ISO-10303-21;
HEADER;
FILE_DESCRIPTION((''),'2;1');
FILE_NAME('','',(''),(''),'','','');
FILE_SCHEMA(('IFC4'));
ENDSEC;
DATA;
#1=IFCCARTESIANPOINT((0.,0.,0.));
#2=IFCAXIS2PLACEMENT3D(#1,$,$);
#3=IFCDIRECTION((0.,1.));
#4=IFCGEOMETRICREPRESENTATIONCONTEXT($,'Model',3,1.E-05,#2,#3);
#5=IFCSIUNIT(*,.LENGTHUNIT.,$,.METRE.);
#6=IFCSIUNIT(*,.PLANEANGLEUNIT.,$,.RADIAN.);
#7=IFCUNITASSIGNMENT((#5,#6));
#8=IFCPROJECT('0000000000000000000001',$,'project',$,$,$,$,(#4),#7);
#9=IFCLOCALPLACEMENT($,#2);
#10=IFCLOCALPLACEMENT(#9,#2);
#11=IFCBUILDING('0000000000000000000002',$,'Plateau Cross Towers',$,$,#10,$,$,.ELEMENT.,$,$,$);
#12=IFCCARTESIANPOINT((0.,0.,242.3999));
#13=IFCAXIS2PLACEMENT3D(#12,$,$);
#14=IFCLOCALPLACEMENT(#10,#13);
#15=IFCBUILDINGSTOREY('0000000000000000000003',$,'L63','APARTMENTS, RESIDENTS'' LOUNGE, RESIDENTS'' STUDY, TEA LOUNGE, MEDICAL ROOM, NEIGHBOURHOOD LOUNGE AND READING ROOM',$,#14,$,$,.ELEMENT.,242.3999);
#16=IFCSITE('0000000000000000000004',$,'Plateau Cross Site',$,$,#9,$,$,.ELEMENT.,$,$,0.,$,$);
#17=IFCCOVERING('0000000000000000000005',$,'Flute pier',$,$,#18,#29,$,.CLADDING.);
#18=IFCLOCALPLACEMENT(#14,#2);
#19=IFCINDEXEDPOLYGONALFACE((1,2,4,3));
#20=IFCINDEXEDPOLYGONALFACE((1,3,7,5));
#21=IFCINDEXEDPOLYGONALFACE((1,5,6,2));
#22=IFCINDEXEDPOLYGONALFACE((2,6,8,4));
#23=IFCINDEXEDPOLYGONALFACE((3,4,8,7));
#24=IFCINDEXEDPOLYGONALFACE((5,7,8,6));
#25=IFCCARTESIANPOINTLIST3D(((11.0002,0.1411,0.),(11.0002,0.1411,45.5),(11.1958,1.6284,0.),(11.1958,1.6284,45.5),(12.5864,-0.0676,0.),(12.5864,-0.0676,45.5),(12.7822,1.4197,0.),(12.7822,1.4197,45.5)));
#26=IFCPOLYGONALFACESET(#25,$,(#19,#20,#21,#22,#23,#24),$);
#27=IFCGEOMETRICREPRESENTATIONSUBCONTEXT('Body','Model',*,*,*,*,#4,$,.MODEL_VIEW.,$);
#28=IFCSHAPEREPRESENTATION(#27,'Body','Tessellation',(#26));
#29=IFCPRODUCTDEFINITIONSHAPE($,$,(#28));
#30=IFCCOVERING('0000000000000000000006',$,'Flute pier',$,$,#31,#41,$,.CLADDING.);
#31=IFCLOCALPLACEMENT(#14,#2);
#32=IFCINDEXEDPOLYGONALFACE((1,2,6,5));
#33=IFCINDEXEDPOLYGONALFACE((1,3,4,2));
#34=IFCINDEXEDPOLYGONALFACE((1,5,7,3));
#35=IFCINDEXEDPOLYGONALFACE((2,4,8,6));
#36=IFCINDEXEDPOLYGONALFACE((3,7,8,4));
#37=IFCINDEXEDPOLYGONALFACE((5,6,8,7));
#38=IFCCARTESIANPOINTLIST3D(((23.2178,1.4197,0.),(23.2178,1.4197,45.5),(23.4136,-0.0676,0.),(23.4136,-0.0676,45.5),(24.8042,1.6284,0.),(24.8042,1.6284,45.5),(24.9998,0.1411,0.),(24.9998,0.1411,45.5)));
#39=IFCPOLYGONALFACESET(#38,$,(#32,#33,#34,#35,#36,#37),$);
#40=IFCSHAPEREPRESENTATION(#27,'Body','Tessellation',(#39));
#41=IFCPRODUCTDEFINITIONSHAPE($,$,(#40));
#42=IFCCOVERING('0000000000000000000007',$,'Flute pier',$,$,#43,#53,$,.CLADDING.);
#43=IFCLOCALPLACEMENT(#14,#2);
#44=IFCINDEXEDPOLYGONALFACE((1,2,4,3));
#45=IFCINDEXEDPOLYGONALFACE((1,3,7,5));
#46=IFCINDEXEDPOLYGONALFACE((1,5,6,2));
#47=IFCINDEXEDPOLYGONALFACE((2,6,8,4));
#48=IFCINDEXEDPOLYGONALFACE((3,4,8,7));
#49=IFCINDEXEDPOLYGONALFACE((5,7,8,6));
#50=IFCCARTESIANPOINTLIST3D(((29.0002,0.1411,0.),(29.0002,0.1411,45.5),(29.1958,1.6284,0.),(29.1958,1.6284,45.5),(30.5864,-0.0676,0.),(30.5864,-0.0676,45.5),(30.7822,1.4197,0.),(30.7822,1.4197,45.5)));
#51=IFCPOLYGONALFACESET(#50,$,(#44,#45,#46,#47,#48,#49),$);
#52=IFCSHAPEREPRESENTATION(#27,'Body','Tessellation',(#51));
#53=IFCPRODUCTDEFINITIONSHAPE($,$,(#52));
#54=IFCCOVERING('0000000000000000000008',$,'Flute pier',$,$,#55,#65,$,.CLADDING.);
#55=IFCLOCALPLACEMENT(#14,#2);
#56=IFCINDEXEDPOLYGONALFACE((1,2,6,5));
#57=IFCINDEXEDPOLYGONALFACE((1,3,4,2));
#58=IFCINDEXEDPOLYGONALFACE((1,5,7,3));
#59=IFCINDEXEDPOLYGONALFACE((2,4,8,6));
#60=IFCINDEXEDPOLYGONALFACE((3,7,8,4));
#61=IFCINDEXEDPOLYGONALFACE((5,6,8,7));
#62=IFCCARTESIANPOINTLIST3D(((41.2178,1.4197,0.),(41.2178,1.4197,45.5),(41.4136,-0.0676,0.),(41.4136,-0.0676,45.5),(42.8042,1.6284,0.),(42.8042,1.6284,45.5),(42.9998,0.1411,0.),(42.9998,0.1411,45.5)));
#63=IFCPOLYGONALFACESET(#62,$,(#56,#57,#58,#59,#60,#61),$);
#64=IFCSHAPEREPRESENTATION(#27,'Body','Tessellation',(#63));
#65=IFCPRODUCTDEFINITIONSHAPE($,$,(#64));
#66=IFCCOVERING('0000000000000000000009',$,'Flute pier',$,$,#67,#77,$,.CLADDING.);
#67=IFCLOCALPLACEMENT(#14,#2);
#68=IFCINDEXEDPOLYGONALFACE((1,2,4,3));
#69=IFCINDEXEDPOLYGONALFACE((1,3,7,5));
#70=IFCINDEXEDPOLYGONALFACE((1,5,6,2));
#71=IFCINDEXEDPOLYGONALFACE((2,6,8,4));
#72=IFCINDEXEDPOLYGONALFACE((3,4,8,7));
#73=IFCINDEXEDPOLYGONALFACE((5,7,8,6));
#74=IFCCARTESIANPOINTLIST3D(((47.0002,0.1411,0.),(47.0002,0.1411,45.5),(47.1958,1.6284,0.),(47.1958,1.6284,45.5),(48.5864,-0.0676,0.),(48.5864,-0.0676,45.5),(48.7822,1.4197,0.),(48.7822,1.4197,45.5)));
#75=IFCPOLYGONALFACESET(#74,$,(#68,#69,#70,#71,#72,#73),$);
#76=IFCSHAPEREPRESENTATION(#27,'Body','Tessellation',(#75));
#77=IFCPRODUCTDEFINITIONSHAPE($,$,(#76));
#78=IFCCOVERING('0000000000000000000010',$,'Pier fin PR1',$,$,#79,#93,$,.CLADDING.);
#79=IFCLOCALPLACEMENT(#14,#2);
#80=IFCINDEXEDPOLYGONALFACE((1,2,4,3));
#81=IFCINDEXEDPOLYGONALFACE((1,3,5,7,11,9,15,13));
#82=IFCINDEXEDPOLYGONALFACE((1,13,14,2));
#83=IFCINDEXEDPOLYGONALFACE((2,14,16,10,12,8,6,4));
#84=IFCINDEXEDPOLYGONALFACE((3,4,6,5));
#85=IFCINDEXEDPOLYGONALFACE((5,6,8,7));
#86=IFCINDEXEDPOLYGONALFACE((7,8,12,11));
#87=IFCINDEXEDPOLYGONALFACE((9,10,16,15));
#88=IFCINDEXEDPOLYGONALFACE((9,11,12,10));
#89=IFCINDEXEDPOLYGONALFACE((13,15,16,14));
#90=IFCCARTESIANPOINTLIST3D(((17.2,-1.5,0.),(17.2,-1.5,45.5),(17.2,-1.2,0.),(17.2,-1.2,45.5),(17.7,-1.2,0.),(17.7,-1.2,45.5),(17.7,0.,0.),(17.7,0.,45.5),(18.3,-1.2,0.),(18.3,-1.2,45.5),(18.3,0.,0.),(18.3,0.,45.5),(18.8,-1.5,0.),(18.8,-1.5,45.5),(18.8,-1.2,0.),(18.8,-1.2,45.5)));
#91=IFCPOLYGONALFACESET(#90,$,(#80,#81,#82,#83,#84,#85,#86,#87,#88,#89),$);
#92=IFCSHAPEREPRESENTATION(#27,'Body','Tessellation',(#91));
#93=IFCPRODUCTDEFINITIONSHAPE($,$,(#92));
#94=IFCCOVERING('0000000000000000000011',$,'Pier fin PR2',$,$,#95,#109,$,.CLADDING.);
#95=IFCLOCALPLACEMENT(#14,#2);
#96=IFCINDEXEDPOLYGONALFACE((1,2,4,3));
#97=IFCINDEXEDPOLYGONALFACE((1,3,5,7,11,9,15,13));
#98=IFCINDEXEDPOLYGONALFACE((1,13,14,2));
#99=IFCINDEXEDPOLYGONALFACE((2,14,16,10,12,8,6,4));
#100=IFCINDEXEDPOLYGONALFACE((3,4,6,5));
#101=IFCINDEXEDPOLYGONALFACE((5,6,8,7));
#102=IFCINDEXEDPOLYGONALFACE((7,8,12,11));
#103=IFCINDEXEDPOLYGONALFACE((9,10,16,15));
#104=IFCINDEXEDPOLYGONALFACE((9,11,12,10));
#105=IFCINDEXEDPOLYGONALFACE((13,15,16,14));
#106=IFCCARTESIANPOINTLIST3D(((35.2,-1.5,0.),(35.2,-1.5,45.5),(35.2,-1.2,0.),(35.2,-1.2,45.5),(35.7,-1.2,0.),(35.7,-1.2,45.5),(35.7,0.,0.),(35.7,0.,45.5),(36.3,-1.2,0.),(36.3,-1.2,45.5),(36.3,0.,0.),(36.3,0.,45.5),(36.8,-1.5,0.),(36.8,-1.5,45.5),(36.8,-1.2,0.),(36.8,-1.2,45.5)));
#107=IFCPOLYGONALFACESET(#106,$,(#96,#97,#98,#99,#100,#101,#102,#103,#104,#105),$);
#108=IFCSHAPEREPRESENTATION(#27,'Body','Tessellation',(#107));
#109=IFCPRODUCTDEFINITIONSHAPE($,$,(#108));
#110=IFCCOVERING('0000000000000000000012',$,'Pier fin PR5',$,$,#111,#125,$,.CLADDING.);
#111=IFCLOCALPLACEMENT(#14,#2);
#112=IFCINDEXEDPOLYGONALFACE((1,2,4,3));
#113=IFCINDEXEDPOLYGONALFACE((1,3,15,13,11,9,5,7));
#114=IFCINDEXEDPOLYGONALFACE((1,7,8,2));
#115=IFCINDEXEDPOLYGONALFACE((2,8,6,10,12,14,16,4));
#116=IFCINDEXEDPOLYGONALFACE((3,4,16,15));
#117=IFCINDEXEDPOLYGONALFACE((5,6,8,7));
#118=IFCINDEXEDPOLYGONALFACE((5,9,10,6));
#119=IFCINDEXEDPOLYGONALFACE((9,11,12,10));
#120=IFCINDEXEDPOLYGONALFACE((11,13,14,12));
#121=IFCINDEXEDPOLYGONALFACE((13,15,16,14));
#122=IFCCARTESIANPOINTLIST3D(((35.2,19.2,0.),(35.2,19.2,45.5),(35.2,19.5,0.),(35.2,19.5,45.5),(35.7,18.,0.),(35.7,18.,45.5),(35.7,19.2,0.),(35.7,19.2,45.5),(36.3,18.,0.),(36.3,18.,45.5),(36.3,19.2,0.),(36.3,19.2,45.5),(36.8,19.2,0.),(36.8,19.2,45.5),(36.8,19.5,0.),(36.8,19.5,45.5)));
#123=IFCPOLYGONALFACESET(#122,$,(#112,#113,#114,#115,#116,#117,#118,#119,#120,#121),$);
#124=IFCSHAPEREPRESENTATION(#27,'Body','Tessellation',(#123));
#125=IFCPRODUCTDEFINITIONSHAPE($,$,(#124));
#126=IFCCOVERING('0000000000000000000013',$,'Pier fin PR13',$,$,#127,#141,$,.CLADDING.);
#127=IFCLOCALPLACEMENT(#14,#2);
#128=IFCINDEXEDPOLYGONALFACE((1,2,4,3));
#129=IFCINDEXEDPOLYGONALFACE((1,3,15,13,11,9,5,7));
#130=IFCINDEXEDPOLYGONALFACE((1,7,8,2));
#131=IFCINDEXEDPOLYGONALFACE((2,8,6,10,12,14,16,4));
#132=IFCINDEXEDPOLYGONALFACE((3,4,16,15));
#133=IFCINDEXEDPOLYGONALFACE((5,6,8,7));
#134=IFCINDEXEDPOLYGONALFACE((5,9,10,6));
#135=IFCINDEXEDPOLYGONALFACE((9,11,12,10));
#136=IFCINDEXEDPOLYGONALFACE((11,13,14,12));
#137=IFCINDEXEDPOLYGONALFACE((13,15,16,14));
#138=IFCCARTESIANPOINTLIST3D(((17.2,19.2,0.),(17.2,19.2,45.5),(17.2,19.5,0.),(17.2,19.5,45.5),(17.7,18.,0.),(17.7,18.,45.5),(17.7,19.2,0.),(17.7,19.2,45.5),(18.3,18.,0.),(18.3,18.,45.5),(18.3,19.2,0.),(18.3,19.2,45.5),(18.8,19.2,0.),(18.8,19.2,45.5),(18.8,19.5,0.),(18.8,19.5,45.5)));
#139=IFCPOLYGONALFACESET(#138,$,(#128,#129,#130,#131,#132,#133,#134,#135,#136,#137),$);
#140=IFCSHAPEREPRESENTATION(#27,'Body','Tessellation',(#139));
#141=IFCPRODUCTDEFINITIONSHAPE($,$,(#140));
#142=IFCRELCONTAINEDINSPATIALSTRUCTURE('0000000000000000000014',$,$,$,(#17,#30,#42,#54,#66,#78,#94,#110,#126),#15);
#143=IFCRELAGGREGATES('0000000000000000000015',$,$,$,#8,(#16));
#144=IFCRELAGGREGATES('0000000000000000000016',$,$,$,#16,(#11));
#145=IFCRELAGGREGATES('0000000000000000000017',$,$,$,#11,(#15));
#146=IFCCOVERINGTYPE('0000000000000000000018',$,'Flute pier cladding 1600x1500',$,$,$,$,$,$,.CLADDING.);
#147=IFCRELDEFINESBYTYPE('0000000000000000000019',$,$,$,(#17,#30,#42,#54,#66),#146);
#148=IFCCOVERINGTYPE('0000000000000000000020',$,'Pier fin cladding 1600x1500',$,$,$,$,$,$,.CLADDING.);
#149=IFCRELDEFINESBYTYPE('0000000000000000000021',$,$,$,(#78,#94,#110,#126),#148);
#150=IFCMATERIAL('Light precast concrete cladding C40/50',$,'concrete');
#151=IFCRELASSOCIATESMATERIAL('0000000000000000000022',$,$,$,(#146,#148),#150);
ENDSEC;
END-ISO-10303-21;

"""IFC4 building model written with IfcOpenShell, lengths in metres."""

from ifc_helpers import new_model, si_unit, direction, frame, origin, place, context, subcontext, project, spatial, polyline, outline, extrude, material, type_object, element, save


model = new_model("IFC4")

# Units and contexts
model_context = context("Model", 3, precision=1e-05, world=origin(), true_north=direction((0.0, 1.0)))
body_context = subcontext(model_context, "Body", "Model", "MODEL_VIEW")
ifc_project = project(units=[si_unit("LENGTHUNIT", "METRE"), si_unit("PLANEANGLEUNIT", "RADIAN")], contexts=[model_context])

# Site, building, storey
site_placement = place(None, origin())
site = spatial("IfcSite", under=ifc_project, at=site_placement, Name="Plateau Cross Site", CompositionType="ELEMENT", RefElevation=0.0)
building_placement = place(site_placement, origin())
building = spatial("IfcBuilding", under=site, at=building_placement, Name="Plateau Cross Towers", CompositionType="ELEMENT")
storey_placement = place(building_placement, frame((0.0, 0.0, 242.3999)))
storey = spatial("IfcBuildingStorey", under=building, at=storey_placement, Name="L63", Description="APARTMENTS, RESIDENTS' LOUNGE, RESIDENTS' STUDY, TEA LOUNGE, MEDICAL ROOM, NEIGHBOURHOOD LOUNGE AND READING ROOM", CompositionType="ELEMENT", Elevation=242.3999)

# Coverings
ifc_material_1 = material(Name="Light precast concrete cladding C40/50", Category="concrete")
covering_type_1 = type_object("IfcCoveringType", Name="Flute pier cladding 1600x1500", PredefinedType="CLADDING", material=ifc_material_1)
covering_1_placement = place(storey_placement, origin())
element("IfcCovering", 1, at=covering_1_placement, inside=storey, type_object=covering_type_1, Name="Flute pier", PredefinedType="CLADDING", context=body_context, shape_type="SweptSolid", body=[
    extrude(outline(polyline([(11.1958, 1.6284), (12.7822, 1.4197), (12.5864, -0.0676), (11.0002, 0.1411), (11.1958, 1.6284)])), origin(), (0.0, 0.0, 1.0), 45.5),
])
covering_2_placement = place(storey_placement, origin())
element("IfcCovering", 2, at=covering_2_placement, inside=storey, type_object=covering_type_1, Name="Flute pier", PredefinedType="CLADDING", context=body_context, shape_type="SweptSolid", body=[
    extrude(outline(polyline([(23.2178, 1.4197), (24.8042, 1.6284), (24.9998, 0.1411), (23.4136, -0.0676), (23.2178, 1.4197)])), origin(), (0.0, 0.0, 1.0), 45.5),
])
covering_3_placement = place(storey_placement, origin())
element("IfcCovering", 3, at=covering_3_placement, inside=storey, type_object=covering_type_1, Name="Flute pier", PredefinedType="CLADDING", context=body_context, shape_type="SweptSolid", body=[
    extrude(outline(polyline([(29.1958, 1.6284), (30.7822, 1.4197), (30.5864, -0.0676), (29.0002, 0.1411), (29.1958, 1.6284)])), origin(), (0.0, 0.0, 1.0), 45.5),
])
covering_4_placement = place(storey_placement, origin())
element("IfcCovering", 4, at=covering_4_placement, inside=storey, type_object=covering_type_1, Name="Flute pier", PredefinedType="CLADDING", context=body_context, shape_type="SweptSolid", body=[
    extrude(outline(polyline([(41.2178, 1.4197), (42.8042, 1.6284), (42.9998, 0.1411), (41.4136, -0.0676), (41.2178, 1.4197)])), origin(), (0.0, 0.0, 1.0), 45.5),
])
covering_5_placement = place(storey_placement, origin())
element("IfcCovering", 5, at=covering_5_placement, inside=storey, type_object=covering_type_1, Name="Flute pier", PredefinedType="CLADDING", context=body_context, shape_type="SweptSolid", body=[
    extrude(outline(polyline([(47.1958, 1.6284), (48.7822, 1.4197), (48.5864, -0.0676), (47.0002, 0.1411), (47.1958, 1.6284)])), origin(), (0.0, 0.0, 1.0), 45.5),
])
covering_type_2 = type_object("IfcCoveringType", Name="Pier fin cladding 1600x1500", PredefinedType="CLADDING", material=ifc_material_1)
covering_6_placement = place(storey_placement, origin())
element("IfcCovering", 6, at=covering_6_placement, inside=storey, type_object=covering_type_2, Name="Pier fin PR1", PredefinedType="CLADDING", context=body_context, shape_type="SweptSolid", body=[
    extrude(outline(polyline([(17.7, 0.0), (18.3, 0.0), (18.3, -1.2), (18.8, -1.2), (18.8, -1.5), (17.2, -1.5), (17.2, -1.2), (17.7, -1.2), (17.7, 0.0)])), origin(), (0.0, 0.0, 1.0), 45.5),
])
covering_7_placement = place(storey_placement, origin())
element("IfcCovering", 7, at=covering_7_placement, inside=storey, type_object=covering_type_2, Name="Pier fin PR2", PredefinedType="CLADDING", context=body_context, shape_type="SweptSolid", body=[
    extrude(outline(polyline([(35.7, 0.0), (36.3, 0.0), (36.3, -1.2), (36.8, -1.2), (36.8, -1.5), (35.2, -1.5), (35.2, -1.2), (35.7, -1.2), (35.7, 0.0)])), origin(), (0.0, 0.0, 1.0), 45.5),
])
covering_8_placement = place(storey_placement, origin())
element("IfcCovering", 8, at=covering_8_placement, inside=storey, type_object=covering_type_2, Name="Pier fin PR5", PredefinedType="CLADDING", context=body_context, shape_type="SweptSolid", body=[
    extrude(outline(polyline([(35.7, 18.0), (36.3, 18.0), (36.3, 19.2), (36.8, 19.2), (36.8, 19.5), (35.2, 19.5), (35.2, 19.2), (35.7, 19.2), (35.7, 18.0)])), origin(), (0.0, 0.0, 1.0), 45.5),
])
covering_9_placement = place(storey_placement, origin())
element("IfcCovering", 9, at=covering_9_placement, inside=storey, type_object=covering_type_2, Name="Pier fin PR13", PredefinedType="CLADDING", context=body_context, shape_type="SweptSolid", body=[
    extrude(outline(polyline([(17.7, 18.0), (18.3, 18.0), (18.3, 19.2), (18.8, 19.2), (18.8, 19.5), (17.2, 19.5), (17.2, 19.2), (17.7, 19.2), (17.7, 18.0)])), origin(), (0.0, 0.0, 1.0), 45.5),
])

save(model, "model.ifc")
